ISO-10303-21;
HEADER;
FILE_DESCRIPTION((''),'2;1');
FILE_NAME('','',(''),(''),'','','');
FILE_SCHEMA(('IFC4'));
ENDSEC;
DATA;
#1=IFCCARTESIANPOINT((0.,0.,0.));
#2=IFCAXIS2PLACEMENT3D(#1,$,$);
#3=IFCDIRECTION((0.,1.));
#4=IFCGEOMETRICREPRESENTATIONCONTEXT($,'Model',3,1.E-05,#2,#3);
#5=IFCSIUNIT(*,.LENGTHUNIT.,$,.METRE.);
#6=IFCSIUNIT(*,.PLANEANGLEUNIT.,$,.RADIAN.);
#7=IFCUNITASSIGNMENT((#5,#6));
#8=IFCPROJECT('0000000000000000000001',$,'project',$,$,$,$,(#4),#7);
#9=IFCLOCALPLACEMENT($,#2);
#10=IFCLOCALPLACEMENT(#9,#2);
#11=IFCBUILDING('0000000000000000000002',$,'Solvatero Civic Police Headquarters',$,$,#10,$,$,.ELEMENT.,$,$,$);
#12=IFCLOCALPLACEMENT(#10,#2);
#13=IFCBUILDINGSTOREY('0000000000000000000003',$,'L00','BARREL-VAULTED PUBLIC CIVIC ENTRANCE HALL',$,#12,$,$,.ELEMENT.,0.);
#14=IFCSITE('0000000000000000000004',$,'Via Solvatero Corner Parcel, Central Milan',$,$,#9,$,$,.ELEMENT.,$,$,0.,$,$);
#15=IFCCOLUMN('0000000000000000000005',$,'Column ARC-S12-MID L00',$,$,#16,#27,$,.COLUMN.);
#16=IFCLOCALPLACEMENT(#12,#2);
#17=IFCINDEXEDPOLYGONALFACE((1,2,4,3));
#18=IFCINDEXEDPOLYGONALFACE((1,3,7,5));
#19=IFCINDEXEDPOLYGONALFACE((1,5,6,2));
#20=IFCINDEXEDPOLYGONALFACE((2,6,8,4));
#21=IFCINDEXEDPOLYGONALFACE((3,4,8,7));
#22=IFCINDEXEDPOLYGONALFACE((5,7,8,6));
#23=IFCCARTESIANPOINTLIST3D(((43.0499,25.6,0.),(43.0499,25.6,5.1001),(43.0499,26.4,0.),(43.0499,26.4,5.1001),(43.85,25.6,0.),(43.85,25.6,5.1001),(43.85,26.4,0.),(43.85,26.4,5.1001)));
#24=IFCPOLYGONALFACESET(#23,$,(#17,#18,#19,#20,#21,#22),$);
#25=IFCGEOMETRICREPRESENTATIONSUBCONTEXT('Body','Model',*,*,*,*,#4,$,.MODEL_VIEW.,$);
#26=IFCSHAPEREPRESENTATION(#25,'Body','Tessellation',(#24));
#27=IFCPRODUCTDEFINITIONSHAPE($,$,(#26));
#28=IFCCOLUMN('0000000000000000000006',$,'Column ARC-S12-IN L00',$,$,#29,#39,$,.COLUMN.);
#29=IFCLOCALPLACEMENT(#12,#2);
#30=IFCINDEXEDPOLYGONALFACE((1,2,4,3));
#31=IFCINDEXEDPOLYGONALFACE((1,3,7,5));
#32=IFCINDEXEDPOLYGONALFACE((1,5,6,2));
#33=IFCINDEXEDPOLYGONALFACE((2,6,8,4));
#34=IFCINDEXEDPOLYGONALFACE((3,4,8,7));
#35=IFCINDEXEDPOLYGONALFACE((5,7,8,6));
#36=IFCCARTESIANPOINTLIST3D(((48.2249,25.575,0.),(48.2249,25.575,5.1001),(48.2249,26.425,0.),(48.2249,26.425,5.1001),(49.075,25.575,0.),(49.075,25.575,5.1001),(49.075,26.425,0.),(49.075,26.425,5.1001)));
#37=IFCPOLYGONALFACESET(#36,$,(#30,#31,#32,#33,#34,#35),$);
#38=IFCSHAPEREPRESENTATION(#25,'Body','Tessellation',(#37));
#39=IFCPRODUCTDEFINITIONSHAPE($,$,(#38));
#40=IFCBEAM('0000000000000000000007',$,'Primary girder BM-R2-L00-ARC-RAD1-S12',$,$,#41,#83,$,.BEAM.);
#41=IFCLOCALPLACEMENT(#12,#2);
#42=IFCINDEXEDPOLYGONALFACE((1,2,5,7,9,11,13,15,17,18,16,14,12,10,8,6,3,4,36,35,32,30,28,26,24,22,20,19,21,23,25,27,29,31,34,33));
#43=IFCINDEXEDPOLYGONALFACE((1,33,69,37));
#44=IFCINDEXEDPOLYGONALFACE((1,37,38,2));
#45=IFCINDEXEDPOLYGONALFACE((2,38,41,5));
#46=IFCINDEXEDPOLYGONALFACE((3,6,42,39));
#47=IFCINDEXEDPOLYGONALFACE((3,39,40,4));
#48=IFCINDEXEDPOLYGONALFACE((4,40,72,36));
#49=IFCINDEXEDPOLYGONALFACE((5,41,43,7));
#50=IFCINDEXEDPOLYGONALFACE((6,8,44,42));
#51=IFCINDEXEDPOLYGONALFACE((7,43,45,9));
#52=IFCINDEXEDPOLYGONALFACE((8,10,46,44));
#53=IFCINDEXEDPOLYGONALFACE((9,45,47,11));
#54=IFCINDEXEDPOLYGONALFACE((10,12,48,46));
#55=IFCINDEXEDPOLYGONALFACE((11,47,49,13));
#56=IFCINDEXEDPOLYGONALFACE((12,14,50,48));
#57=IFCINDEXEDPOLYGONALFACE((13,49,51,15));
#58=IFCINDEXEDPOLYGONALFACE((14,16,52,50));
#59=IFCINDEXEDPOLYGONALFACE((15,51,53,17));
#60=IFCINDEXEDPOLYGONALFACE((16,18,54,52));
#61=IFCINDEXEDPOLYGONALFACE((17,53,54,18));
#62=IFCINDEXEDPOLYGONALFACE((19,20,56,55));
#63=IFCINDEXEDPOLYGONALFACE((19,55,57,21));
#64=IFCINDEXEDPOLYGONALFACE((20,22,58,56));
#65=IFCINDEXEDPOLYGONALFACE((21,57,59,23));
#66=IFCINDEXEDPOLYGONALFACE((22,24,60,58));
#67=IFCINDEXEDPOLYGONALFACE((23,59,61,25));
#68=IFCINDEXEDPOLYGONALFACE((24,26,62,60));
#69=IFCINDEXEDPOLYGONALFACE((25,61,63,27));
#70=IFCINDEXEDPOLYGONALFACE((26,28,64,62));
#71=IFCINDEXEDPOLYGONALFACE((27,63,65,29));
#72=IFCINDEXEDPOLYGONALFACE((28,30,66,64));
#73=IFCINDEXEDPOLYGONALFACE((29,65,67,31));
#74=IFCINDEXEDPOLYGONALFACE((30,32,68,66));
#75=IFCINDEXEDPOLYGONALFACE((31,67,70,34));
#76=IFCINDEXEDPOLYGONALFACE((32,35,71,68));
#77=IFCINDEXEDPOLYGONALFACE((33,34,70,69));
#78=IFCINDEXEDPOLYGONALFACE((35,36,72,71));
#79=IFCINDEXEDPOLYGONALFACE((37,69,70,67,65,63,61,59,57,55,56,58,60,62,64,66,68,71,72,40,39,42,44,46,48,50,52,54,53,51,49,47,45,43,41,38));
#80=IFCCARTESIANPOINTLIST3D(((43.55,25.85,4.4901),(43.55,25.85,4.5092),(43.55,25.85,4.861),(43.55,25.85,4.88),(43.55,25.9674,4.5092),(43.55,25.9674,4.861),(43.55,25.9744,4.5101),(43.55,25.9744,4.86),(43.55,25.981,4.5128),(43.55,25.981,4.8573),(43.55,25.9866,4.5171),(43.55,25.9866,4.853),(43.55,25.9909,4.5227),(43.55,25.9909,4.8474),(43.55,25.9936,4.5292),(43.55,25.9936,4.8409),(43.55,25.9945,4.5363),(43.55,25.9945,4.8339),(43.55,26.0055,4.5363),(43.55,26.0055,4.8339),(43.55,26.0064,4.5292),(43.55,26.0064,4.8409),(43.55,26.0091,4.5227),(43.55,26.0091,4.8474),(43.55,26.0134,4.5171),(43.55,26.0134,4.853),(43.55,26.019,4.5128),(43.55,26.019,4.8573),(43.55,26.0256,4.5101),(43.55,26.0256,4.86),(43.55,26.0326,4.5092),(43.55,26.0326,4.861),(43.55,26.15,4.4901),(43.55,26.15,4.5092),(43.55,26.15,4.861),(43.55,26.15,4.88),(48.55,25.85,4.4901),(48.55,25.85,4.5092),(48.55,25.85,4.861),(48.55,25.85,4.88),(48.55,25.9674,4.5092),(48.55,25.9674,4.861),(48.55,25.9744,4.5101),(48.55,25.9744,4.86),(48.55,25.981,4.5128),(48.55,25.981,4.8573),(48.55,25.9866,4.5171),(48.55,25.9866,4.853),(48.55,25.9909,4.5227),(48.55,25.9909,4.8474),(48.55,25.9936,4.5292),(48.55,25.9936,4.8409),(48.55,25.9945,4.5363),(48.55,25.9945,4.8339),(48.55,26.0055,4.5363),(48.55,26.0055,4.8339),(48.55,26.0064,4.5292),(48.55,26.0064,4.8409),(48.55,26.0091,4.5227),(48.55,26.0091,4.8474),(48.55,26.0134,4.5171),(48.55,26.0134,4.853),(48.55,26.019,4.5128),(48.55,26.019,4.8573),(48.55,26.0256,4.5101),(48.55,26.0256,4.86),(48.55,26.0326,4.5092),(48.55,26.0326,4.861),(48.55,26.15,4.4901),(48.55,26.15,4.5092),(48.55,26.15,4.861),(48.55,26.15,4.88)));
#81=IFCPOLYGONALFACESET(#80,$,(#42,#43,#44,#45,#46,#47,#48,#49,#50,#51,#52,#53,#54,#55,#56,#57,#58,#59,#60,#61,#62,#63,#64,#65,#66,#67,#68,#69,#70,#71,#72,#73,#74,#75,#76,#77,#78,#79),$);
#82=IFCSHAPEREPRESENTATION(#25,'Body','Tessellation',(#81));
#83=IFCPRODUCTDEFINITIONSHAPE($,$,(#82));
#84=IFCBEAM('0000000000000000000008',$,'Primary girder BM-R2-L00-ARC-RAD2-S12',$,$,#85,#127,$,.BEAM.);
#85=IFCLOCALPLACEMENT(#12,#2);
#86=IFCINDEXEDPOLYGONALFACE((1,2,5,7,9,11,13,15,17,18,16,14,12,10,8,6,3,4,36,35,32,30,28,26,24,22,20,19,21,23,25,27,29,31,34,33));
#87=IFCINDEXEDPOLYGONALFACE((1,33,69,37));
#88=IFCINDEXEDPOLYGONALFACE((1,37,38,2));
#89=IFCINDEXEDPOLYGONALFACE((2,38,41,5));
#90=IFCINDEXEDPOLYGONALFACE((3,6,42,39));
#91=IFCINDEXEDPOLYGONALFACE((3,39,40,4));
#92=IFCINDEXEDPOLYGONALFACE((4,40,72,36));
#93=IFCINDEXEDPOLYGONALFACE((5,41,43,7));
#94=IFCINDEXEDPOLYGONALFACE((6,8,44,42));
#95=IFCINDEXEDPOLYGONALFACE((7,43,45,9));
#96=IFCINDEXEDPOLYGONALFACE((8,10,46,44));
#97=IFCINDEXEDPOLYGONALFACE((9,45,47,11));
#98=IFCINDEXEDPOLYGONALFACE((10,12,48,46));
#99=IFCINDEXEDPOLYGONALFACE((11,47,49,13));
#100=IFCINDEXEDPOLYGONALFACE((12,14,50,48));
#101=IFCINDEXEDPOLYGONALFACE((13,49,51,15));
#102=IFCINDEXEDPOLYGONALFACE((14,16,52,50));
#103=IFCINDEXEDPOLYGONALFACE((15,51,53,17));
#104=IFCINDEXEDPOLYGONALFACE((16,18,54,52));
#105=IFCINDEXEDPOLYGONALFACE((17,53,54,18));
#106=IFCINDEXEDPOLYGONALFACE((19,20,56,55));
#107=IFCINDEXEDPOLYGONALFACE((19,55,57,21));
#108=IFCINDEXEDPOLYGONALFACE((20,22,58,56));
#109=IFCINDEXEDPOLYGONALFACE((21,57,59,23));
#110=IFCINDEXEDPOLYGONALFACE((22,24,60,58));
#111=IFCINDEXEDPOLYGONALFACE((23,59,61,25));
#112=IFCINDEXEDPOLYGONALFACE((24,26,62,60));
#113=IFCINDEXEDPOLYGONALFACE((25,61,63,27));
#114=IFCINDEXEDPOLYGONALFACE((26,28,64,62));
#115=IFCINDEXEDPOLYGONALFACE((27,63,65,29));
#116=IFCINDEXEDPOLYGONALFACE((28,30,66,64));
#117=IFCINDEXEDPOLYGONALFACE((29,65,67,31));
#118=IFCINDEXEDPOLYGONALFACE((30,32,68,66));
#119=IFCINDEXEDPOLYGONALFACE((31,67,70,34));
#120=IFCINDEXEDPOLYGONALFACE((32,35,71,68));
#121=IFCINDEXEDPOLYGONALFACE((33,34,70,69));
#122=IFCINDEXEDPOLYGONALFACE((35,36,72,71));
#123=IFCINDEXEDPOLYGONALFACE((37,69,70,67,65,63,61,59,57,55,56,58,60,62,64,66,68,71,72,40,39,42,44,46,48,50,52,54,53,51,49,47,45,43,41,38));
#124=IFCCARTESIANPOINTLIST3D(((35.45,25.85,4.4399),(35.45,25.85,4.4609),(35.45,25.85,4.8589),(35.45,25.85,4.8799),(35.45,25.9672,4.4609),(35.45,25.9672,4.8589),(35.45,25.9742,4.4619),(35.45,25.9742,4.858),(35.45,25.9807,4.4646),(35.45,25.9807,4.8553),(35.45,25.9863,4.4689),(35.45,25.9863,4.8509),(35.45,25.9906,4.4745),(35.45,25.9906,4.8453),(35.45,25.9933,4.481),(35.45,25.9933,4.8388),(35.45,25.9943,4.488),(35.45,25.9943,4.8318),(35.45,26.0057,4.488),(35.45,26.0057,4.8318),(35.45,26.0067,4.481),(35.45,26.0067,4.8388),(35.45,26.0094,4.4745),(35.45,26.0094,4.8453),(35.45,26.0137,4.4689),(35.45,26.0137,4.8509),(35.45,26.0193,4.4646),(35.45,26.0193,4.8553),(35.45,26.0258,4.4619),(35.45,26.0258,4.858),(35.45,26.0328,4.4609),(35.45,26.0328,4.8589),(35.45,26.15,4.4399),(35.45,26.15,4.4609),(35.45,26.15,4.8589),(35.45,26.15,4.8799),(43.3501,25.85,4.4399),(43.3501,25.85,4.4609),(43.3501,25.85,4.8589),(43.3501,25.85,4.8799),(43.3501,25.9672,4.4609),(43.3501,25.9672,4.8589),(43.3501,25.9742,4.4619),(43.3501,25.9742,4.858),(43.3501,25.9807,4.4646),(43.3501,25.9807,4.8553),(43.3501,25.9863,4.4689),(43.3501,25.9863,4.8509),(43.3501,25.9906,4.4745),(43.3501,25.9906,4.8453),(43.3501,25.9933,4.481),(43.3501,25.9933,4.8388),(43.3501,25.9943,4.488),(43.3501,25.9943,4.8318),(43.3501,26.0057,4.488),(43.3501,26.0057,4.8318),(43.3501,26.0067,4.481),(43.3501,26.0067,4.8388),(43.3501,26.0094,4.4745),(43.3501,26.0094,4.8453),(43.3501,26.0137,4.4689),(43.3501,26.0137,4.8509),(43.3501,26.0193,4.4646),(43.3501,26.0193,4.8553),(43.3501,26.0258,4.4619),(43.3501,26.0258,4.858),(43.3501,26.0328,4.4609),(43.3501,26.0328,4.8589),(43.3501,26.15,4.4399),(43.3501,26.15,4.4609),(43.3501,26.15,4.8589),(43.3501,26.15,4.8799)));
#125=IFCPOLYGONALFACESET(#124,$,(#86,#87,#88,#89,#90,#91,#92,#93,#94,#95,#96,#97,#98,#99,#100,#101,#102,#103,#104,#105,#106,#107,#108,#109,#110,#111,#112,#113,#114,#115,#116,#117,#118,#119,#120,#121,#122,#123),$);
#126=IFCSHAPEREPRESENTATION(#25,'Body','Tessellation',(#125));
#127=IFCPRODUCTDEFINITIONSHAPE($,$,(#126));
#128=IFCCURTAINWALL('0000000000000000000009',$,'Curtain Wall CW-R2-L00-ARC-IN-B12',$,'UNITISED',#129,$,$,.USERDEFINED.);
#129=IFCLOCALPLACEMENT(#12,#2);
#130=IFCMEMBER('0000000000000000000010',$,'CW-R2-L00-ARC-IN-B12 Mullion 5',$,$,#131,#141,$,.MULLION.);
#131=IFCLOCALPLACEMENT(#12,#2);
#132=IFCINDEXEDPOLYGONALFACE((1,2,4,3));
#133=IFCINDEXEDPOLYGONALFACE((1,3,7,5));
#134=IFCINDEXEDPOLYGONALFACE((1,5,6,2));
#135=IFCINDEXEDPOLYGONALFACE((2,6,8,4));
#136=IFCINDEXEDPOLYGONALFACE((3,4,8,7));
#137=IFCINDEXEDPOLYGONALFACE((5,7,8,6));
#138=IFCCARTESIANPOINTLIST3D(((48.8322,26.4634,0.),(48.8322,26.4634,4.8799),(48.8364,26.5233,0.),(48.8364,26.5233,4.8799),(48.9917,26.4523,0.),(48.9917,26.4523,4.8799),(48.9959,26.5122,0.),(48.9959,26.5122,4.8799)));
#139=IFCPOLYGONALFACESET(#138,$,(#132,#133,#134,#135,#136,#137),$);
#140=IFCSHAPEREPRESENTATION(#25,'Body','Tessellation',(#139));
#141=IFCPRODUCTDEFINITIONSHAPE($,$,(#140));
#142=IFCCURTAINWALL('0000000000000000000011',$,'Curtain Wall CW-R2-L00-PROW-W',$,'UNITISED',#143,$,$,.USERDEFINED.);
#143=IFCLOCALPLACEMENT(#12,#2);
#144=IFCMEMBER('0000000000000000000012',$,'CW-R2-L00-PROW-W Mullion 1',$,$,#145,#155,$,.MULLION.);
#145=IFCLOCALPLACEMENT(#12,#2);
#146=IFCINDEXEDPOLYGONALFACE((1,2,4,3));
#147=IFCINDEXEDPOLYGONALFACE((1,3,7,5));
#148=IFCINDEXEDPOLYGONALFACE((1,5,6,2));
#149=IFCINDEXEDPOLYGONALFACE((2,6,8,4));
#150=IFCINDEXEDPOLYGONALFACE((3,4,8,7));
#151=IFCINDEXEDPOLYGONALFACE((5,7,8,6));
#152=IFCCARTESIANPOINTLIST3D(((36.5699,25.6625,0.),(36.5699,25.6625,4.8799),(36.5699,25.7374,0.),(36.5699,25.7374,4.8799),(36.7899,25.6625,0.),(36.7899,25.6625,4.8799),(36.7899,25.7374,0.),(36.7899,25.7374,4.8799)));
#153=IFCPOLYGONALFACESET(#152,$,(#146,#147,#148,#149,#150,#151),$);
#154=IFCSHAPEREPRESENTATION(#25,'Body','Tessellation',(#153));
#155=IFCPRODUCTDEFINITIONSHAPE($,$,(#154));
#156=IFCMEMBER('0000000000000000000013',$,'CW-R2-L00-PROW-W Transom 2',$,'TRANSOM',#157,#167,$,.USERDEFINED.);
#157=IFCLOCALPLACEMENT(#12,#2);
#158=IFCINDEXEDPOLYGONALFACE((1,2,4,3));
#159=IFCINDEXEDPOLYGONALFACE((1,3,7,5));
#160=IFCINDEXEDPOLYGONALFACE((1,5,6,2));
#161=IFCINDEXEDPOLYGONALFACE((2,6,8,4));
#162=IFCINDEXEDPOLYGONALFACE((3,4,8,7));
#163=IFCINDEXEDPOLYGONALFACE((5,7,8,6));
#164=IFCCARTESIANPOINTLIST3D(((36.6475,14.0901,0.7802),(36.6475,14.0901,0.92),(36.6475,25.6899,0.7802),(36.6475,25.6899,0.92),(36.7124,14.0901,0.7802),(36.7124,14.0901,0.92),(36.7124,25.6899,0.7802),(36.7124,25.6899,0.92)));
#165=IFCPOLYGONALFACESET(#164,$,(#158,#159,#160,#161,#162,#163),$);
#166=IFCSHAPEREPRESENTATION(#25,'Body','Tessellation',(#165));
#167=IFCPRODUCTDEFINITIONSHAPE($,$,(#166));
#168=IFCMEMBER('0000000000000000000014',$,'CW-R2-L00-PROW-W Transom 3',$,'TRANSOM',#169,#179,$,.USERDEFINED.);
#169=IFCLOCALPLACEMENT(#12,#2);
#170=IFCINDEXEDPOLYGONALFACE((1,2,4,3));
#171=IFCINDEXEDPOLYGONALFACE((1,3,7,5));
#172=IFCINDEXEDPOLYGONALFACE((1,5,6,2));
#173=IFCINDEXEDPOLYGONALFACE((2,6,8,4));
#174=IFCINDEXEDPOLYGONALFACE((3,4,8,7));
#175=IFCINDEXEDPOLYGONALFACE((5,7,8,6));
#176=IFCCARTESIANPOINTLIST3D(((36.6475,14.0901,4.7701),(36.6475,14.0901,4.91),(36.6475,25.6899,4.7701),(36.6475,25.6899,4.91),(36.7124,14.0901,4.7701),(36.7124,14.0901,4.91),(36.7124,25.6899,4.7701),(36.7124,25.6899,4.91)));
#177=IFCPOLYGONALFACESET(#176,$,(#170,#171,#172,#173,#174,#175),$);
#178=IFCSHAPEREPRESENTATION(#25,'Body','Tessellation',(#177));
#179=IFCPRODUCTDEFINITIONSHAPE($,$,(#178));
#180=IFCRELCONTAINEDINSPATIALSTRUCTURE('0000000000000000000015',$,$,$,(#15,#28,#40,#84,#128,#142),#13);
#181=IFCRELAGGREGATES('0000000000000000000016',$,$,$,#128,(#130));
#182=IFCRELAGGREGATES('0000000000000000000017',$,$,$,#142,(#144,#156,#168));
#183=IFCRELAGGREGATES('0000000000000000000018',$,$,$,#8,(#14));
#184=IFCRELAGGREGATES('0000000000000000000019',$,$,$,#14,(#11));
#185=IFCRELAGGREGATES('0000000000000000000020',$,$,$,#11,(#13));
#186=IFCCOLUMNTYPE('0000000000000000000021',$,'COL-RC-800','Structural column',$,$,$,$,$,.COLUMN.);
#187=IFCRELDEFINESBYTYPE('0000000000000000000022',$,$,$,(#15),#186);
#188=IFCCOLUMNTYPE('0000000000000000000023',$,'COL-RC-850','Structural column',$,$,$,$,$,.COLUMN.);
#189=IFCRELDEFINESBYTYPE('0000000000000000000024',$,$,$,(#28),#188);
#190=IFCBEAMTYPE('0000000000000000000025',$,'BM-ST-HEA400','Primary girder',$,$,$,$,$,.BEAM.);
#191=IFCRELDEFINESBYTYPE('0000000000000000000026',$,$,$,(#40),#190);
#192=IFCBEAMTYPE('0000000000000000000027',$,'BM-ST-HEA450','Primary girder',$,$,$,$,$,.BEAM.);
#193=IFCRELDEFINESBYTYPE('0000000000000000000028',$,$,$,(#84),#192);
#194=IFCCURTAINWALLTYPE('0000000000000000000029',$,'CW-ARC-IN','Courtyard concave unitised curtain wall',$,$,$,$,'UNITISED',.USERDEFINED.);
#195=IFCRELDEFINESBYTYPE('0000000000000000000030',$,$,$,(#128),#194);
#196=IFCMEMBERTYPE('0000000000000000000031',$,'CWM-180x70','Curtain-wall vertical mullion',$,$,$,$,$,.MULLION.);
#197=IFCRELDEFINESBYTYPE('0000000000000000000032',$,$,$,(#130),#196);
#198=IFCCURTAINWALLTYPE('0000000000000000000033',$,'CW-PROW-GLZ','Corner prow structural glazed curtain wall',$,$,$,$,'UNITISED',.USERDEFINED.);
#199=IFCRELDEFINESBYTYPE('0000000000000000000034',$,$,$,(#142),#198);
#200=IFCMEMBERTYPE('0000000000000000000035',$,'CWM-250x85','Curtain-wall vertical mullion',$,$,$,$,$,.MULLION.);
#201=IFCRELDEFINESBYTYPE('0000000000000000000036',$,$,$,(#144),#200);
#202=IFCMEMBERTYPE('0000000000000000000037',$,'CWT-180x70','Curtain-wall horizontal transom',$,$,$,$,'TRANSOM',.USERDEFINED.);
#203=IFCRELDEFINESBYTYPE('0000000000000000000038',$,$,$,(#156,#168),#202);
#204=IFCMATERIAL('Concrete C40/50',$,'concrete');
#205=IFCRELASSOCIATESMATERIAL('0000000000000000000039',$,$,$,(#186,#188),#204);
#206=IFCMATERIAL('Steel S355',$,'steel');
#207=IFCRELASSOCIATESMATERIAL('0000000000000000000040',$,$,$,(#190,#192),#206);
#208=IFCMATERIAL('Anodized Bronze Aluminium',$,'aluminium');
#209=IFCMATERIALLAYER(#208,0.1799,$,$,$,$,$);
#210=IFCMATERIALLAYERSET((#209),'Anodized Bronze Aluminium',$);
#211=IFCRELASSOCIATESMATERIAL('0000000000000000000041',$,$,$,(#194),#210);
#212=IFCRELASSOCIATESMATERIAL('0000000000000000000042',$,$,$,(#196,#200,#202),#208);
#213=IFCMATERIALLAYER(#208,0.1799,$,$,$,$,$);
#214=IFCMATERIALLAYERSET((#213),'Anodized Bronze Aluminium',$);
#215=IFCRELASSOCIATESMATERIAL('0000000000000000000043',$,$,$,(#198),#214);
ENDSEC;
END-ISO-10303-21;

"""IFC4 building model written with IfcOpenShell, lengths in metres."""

from ifc_helpers import new_model, si_unit, direction, frame, origin, origin_2d, place, context, subcontext, project, spatial, rectangle, i_section, extrude, material, layer, layer_set, material_profile, profile_set, type_object, element, aggregate, save


model = new_model("IFC4")

# Units and contexts
model_context = context("Model", 3, precision=1e-05, world=origin(), true_north=direction((0.0, 1.0)))
body_context = subcontext(model_context, "Body", "Model", "MODEL_VIEW")
ifc_project = project(units=[si_unit("LENGTHUNIT", "METRE"), si_unit("PLANEANGLEUNIT", "RADIAN")], contexts=[model_context])

# Site, building, storey
site_placement = place(None, origin())
site = spatial("IfcSite", under=ifc_project, at=site_placement, Name="Via Solvatero Corner Parcel, Central Milan", CompositionType="ELEMENT", RefElevation=0.0)
building_placement = place(site_placement, origin())
building = spatial("IfcBuilding", under=site, at=building_placement, Name="Solvatero Civic Police Headquarters", CompositionType="ELEMENT")
storey_placement = place(building_placement, origin())
storey = spatial("IfcBuildingStorey", under=building, at=storey_placement, Name="L00", Description="BARREL-VAULTED PUBLIC CIVIC ENTRANCE HALL", CompositionType="ELEMENT", Elevation=0.0)

# Columns
ifc_material_1 = material(Name="Concrete C40/50", Category="concrete")
ifc_material_profile_1 = material_profile(ifc_material_1, rectangle(XDim=0.8, YDim=0.8, at=origin_2d()), Name="RC 800x800")
ifc_profile_set_1 = profile_set([ifc_material_profile_1], Name="Concrete C40/50")
column_type_1 = type_object("IfcColumnType", Name="COL-RC-800", Description="Structural column", PredefinedType="COLUMN", material=ifc_profile_set_1)
column_1_placement = place(storey_placement, frame((43.45, 26.0, 0.0), z_axis=(0.0, 0.0, 1.0), x_axis=(0.0, 1.0, 0.0)))
element("IfcColumn", 1, at=column_1_placement, inside=storey, type_object=column_type_1, Name="Column ARC-S12-MID L00", PredefinedType="COLUMN", context=body_context, shape_type="SweptSolid", body=[
    extrude(rectangle(XDim=0.8, YDim=0.8, at=origin_2d()), origin(), (0.0, 0.0, 1.0), 5.1001),
])
ifc_material_profile_2 = material_profile(ifc_material_1, rectangle(XDim=0.8501, YDim=0.8501, at=origin_2d()), Name="RC 850x850")
ifc_profile_set_2 = profile_set([ifc_material_profile_2], Name="Concrete C40/50")
column_type_2 = type_object("IfcColumnType", Name="COL-RC-850", Description="Structural column", PredefinedType="COLUMN", material=ifc_profile_set_2)
column_2_placement = place(storey_placement, frame((48.6499, 26.0, 0.0), z_axis=(0.0, 0.0, 1.0), x_axis=(0.0, 1.0, 0.0)))
element("IfcColumn", 2, at=column_2_placement, inside=storey, type_object=column_type_2, Name="Column ARC-S12-IN L00", PredefinedType="COLUMN", context=body_context, shape_type="SweptSolid", body=[
    extrude(rectangle(XDim=0.8501, YDim=0.8501, at=origin_2d()), origin(), (0.0, 0.0, 1.0), 5.1001),
])

# Beams
ifc_material_2 = material(Name="Steel S355", Category="steel")
ifc_material_profile_3 = material_profile(ifc_material_2, i_section(OverallWidth=0.3, OverallDepth=0.3899, WebThickness=0.011, FlangeThickness=0.019, FilletRadius=0.0271, at=origin_2d()), Name="HEA 400")
ifc_profile_set_3 = profile_set([ifc_material_profile_3], Name="Steel S355")
beam_type_1 = type_object("IfcBeamType", Name="BM-ST-HEA400", Description="Primary girder", PredefinedType="BEAM", material=ifc_profile_set_3)
beam_1_placement = place(storey_placement, frame((48.55, 26.0, 4.6851), z_axis=(-1.0, 0.0, 0.0), x_axis=(0.0, -1.0, 0.0)))
element("IfcBeam", 3, at=beam_1_placement, inside=storey, type_object=beam_type_1, Name="Primary girder BM-R2-L00-ARC-RAD1-S12", PredefinedType="BEAM", context=body_context, shape_type="SweptSolid", body=[
    extrude(i_section(OverallWidth=0.3, OverallDepth=0.3899, WebThickness=0.011, FlangeThickness=0.019, FilletRadius=0.0271, at=origin_2d()), origin(), (0.0, 0.0, 1.0), 5.0),
])
ifc_material_profile_4 = material_profile(ifc_material_2, i_section(OverallWidth=0.3, OverallDepth=0.4399, WebThickness=0.0115, FlangeThickness=0.021, FilletRadius=0.0271, at=origin_2d()), Name="HEA 450")
ifc_profile_set_4 = profile_set([ifc_material_profile_4], Name="Steel S355")
beam_type_2 = type_object("IfcBeamType", Name="BM-ST-HEA450", Description="Primary girder", PredefinedType="BEAM", material=ifc_profile_set_4)
beam_2_placement = place(storey_placement, frame((43.3501, 26.0, 4.6599), z_axis=(-1.0, 0.0, 0.0), x_axis=(0.0, -1.0, 0.0)))
element("IfcBeam", 4, at=beam_2_placement, inside=storey, type_object=beam_type_2, Name="Primary girder BM-R2-L00-ARC-RAD2-S12", PredefinedType="BEAM", context=body_context, shape_type="SweptSolid", body=[
    extrude(i_section(OverallWidth=0.3, OverallDepth=0.4399, WebThickness=0.0115, FlangeThickness=0.021, FilletRadius=0.0271, at=origin_2d()), origin(), (0.0, 0.0, 1.0), 7.9001),
])

# Curtain wall, member
ifc_material_3 = material(Name="Anodized Bronze Aluminium", Category="aluminium")
ifc_layer_1 = layer(ifc_material_3, 0.1799)
ifc_layer_set_1 = layer_set([ifc_layer_1], Name="Anodized Bronze Aluminium")
curtain_wall_type_1 = type_object("IfcCurtainWallType", Name="CW-ARC-IN", Description="Courtyard concave unitised curtain wall", ElementType="UNITISED", PredefinedType="USERDEFINED", material=ifc_layer_set_1)
curtain_wall_1_placement = place(storey_placement, origin())
curtain_wall_1 = element("IfcCurtainWall", 5, at=curtain_wall_1_placement, inside=storey, type_object=curtain_wall_type_1, Name="Curtain Wall CW-R2-L00-ARC-IN-B12", ObjectType="UNITISED", PredefinedType="USERDEFINED")
ifc_material_profile_5 = material_profile(ifc_material_3, rectangle(XDim=0.0601, YDim=0.1599, at=origin_2d()), Name="ALU MULLION 60x160")
ifc_profile_set_5 = profile_set([ifc_material_profile_5], Name="Anodized Bronze Aluminium")
member_type_1 = type_object("IfcMemberType", Name="CWM-180x70", Description="Curtain-wall vertical mullion", PredefinedType="MULLION", material=ifc_profile_set_5)
member_1_placement = place(storey_placement, frame((48.9141, 26.4878, 0.0), z_axis=(0.0, 0.0, 1.0), x_axis=(-0.069756, -0.997564, 0.0)))
member_1 = element("IfcMember", 6, at=member_1_placement, type_object=member_type_1, Name="CW-R2-L00-ARC-IN-B12 Mullion 5", PredefinedType="MULLION", context=body_context, shape_type="SweptSolid", body=[
    extrude(rectangle(XDim=0.0601, YDim=0.1599, at=origin_2d()), origin(), (0.0, 0.0, 1.0), 4.8799),
])
aggregate(curtain_wall_1, [member_1])

# Curtain wall, members
ifc_layer_2 = layer(ifc_material_3, 0.1799)
ifc_layer_set_2 = layer_set([ifc_layer_2], Name="Anodized Bronze Aluminium")
curtain_wall_type_2 = type_object("IfcCurtainWallType", Name="CW-PROW-GLZ", Description="Corner prow structural glazed curtain wall", ElementType="UNITISED", PredefinedType="USERDEFINED", material=ifc_layer_set_2)
curtain_wall_2_placement = place(storey_placement, origin())
curtain_wall_2 = element("IfcCurtainWall", 7, at=curtain_wall_2_placement, inside=storey, type_object=curtain_wall_type_2, Name="Curtain Wall CW-R2-L00-PROW-W", ObjectType="UNITISED", PredefinedType="USERDEFINED")
ifc_material_profile_6 = material_profile(ifc_material_3, rectangle(XDim=0.075, YDim=0.22, at=origin_2d()), Name="ALU MULLION 75x220")
ifc_profile_set_6 = profile_set([ifc_material_profile_6], Name="Anodized Bronze Aluminium")
member_type_2 = type_object("IfcMemberType", Name="CWM-250x85", Description="Curtain-wall vertical mullion", PredefinedType="MULLION", material=ifc_profile_set_6)
member_2_placement = place(storey_placement, frame((36.6799, 25.7, 0.0), z_axis=(0.0, 0.0, 1.0), x_axis=(0.0, -1.0, 0.0)))
member_2 = element("IfcMember", 8, at=member_2_placement, type_object=member_type_2, Name="CW-R2-L00-PROW-W Mullion 1", PredefinedType="MULLION", context=body_context, shape_type="SweptSolid", body=[
    extrude(rectangle(XDim=0.075, YDim=0.22, at=origin_2d()), origin(), (0.0, 0.0, 1.0), 4.8799),
])
ifc_material_profile_7 = material_profile(ifc_material_3, rectangle(XDim=0.0649, YDim=0.1399, at=origin_2d()), Name="ALU TRANSOM 65x140")
ifc_profile_set_7 = profile_set([ifc_material_profile_7], Name="Anodized Bronze Aluminium")
member_type_3 = type_object("IfcMemberType", Name="CWT-180x70", Description="Curtain-wall horizontal transom", ElementType="TRANSOM", PredefinedType="USERDEFINED", material=ifc_profile_set_7)
member_3_placement = place(storey_placement, frame((36.6799, 25.6899, 0.8501), z_axis=(0.0, -1.0, 0.0), x_axis=(1.0, 0.0, 0.0)))
member_3 = element("IfcMember", 9, at=member_3_placement, type_object=member_type_3, Name="CW-R2-L00-PROW-W Transom 2", ObjectType="TRANSOM", PredefinedType="USERDEFINED", context=body_context, shape_type="SweptSolid", body=[
    extrude(rectangle(XDim=0.0649, YDim=0.1399, at=origin_2d()), origin(), (0.0, 0.0, 1.0), 11.5999),
])
member_4_placement = place(storey_placement, frame((36.6799, 25.6899, 4.8401), z_axis=(0.0, -1.0, 0.0), x_axis=(1.0, 0.0, 0.0)))
member_4 = element("IfcMember", 10, at=member_4_placement, type_object=member_type_3, Name="CW-R2-L00-PROW-W Transom 3", ObjectType="TRANSOM", PredefinedType="USERDEFINED", context=body_context, shape_type="SweptSolid", body=[
    extrude(rectangle(XDim=0.0649, YDim=0.1399, at=origin_2d()), origin(), (0.0, 0.0, 1.0), 11.5999),
])
aggregate(curtain_wall_2, [member_2, member_3, member_4])

save(model, "model.ifc")
